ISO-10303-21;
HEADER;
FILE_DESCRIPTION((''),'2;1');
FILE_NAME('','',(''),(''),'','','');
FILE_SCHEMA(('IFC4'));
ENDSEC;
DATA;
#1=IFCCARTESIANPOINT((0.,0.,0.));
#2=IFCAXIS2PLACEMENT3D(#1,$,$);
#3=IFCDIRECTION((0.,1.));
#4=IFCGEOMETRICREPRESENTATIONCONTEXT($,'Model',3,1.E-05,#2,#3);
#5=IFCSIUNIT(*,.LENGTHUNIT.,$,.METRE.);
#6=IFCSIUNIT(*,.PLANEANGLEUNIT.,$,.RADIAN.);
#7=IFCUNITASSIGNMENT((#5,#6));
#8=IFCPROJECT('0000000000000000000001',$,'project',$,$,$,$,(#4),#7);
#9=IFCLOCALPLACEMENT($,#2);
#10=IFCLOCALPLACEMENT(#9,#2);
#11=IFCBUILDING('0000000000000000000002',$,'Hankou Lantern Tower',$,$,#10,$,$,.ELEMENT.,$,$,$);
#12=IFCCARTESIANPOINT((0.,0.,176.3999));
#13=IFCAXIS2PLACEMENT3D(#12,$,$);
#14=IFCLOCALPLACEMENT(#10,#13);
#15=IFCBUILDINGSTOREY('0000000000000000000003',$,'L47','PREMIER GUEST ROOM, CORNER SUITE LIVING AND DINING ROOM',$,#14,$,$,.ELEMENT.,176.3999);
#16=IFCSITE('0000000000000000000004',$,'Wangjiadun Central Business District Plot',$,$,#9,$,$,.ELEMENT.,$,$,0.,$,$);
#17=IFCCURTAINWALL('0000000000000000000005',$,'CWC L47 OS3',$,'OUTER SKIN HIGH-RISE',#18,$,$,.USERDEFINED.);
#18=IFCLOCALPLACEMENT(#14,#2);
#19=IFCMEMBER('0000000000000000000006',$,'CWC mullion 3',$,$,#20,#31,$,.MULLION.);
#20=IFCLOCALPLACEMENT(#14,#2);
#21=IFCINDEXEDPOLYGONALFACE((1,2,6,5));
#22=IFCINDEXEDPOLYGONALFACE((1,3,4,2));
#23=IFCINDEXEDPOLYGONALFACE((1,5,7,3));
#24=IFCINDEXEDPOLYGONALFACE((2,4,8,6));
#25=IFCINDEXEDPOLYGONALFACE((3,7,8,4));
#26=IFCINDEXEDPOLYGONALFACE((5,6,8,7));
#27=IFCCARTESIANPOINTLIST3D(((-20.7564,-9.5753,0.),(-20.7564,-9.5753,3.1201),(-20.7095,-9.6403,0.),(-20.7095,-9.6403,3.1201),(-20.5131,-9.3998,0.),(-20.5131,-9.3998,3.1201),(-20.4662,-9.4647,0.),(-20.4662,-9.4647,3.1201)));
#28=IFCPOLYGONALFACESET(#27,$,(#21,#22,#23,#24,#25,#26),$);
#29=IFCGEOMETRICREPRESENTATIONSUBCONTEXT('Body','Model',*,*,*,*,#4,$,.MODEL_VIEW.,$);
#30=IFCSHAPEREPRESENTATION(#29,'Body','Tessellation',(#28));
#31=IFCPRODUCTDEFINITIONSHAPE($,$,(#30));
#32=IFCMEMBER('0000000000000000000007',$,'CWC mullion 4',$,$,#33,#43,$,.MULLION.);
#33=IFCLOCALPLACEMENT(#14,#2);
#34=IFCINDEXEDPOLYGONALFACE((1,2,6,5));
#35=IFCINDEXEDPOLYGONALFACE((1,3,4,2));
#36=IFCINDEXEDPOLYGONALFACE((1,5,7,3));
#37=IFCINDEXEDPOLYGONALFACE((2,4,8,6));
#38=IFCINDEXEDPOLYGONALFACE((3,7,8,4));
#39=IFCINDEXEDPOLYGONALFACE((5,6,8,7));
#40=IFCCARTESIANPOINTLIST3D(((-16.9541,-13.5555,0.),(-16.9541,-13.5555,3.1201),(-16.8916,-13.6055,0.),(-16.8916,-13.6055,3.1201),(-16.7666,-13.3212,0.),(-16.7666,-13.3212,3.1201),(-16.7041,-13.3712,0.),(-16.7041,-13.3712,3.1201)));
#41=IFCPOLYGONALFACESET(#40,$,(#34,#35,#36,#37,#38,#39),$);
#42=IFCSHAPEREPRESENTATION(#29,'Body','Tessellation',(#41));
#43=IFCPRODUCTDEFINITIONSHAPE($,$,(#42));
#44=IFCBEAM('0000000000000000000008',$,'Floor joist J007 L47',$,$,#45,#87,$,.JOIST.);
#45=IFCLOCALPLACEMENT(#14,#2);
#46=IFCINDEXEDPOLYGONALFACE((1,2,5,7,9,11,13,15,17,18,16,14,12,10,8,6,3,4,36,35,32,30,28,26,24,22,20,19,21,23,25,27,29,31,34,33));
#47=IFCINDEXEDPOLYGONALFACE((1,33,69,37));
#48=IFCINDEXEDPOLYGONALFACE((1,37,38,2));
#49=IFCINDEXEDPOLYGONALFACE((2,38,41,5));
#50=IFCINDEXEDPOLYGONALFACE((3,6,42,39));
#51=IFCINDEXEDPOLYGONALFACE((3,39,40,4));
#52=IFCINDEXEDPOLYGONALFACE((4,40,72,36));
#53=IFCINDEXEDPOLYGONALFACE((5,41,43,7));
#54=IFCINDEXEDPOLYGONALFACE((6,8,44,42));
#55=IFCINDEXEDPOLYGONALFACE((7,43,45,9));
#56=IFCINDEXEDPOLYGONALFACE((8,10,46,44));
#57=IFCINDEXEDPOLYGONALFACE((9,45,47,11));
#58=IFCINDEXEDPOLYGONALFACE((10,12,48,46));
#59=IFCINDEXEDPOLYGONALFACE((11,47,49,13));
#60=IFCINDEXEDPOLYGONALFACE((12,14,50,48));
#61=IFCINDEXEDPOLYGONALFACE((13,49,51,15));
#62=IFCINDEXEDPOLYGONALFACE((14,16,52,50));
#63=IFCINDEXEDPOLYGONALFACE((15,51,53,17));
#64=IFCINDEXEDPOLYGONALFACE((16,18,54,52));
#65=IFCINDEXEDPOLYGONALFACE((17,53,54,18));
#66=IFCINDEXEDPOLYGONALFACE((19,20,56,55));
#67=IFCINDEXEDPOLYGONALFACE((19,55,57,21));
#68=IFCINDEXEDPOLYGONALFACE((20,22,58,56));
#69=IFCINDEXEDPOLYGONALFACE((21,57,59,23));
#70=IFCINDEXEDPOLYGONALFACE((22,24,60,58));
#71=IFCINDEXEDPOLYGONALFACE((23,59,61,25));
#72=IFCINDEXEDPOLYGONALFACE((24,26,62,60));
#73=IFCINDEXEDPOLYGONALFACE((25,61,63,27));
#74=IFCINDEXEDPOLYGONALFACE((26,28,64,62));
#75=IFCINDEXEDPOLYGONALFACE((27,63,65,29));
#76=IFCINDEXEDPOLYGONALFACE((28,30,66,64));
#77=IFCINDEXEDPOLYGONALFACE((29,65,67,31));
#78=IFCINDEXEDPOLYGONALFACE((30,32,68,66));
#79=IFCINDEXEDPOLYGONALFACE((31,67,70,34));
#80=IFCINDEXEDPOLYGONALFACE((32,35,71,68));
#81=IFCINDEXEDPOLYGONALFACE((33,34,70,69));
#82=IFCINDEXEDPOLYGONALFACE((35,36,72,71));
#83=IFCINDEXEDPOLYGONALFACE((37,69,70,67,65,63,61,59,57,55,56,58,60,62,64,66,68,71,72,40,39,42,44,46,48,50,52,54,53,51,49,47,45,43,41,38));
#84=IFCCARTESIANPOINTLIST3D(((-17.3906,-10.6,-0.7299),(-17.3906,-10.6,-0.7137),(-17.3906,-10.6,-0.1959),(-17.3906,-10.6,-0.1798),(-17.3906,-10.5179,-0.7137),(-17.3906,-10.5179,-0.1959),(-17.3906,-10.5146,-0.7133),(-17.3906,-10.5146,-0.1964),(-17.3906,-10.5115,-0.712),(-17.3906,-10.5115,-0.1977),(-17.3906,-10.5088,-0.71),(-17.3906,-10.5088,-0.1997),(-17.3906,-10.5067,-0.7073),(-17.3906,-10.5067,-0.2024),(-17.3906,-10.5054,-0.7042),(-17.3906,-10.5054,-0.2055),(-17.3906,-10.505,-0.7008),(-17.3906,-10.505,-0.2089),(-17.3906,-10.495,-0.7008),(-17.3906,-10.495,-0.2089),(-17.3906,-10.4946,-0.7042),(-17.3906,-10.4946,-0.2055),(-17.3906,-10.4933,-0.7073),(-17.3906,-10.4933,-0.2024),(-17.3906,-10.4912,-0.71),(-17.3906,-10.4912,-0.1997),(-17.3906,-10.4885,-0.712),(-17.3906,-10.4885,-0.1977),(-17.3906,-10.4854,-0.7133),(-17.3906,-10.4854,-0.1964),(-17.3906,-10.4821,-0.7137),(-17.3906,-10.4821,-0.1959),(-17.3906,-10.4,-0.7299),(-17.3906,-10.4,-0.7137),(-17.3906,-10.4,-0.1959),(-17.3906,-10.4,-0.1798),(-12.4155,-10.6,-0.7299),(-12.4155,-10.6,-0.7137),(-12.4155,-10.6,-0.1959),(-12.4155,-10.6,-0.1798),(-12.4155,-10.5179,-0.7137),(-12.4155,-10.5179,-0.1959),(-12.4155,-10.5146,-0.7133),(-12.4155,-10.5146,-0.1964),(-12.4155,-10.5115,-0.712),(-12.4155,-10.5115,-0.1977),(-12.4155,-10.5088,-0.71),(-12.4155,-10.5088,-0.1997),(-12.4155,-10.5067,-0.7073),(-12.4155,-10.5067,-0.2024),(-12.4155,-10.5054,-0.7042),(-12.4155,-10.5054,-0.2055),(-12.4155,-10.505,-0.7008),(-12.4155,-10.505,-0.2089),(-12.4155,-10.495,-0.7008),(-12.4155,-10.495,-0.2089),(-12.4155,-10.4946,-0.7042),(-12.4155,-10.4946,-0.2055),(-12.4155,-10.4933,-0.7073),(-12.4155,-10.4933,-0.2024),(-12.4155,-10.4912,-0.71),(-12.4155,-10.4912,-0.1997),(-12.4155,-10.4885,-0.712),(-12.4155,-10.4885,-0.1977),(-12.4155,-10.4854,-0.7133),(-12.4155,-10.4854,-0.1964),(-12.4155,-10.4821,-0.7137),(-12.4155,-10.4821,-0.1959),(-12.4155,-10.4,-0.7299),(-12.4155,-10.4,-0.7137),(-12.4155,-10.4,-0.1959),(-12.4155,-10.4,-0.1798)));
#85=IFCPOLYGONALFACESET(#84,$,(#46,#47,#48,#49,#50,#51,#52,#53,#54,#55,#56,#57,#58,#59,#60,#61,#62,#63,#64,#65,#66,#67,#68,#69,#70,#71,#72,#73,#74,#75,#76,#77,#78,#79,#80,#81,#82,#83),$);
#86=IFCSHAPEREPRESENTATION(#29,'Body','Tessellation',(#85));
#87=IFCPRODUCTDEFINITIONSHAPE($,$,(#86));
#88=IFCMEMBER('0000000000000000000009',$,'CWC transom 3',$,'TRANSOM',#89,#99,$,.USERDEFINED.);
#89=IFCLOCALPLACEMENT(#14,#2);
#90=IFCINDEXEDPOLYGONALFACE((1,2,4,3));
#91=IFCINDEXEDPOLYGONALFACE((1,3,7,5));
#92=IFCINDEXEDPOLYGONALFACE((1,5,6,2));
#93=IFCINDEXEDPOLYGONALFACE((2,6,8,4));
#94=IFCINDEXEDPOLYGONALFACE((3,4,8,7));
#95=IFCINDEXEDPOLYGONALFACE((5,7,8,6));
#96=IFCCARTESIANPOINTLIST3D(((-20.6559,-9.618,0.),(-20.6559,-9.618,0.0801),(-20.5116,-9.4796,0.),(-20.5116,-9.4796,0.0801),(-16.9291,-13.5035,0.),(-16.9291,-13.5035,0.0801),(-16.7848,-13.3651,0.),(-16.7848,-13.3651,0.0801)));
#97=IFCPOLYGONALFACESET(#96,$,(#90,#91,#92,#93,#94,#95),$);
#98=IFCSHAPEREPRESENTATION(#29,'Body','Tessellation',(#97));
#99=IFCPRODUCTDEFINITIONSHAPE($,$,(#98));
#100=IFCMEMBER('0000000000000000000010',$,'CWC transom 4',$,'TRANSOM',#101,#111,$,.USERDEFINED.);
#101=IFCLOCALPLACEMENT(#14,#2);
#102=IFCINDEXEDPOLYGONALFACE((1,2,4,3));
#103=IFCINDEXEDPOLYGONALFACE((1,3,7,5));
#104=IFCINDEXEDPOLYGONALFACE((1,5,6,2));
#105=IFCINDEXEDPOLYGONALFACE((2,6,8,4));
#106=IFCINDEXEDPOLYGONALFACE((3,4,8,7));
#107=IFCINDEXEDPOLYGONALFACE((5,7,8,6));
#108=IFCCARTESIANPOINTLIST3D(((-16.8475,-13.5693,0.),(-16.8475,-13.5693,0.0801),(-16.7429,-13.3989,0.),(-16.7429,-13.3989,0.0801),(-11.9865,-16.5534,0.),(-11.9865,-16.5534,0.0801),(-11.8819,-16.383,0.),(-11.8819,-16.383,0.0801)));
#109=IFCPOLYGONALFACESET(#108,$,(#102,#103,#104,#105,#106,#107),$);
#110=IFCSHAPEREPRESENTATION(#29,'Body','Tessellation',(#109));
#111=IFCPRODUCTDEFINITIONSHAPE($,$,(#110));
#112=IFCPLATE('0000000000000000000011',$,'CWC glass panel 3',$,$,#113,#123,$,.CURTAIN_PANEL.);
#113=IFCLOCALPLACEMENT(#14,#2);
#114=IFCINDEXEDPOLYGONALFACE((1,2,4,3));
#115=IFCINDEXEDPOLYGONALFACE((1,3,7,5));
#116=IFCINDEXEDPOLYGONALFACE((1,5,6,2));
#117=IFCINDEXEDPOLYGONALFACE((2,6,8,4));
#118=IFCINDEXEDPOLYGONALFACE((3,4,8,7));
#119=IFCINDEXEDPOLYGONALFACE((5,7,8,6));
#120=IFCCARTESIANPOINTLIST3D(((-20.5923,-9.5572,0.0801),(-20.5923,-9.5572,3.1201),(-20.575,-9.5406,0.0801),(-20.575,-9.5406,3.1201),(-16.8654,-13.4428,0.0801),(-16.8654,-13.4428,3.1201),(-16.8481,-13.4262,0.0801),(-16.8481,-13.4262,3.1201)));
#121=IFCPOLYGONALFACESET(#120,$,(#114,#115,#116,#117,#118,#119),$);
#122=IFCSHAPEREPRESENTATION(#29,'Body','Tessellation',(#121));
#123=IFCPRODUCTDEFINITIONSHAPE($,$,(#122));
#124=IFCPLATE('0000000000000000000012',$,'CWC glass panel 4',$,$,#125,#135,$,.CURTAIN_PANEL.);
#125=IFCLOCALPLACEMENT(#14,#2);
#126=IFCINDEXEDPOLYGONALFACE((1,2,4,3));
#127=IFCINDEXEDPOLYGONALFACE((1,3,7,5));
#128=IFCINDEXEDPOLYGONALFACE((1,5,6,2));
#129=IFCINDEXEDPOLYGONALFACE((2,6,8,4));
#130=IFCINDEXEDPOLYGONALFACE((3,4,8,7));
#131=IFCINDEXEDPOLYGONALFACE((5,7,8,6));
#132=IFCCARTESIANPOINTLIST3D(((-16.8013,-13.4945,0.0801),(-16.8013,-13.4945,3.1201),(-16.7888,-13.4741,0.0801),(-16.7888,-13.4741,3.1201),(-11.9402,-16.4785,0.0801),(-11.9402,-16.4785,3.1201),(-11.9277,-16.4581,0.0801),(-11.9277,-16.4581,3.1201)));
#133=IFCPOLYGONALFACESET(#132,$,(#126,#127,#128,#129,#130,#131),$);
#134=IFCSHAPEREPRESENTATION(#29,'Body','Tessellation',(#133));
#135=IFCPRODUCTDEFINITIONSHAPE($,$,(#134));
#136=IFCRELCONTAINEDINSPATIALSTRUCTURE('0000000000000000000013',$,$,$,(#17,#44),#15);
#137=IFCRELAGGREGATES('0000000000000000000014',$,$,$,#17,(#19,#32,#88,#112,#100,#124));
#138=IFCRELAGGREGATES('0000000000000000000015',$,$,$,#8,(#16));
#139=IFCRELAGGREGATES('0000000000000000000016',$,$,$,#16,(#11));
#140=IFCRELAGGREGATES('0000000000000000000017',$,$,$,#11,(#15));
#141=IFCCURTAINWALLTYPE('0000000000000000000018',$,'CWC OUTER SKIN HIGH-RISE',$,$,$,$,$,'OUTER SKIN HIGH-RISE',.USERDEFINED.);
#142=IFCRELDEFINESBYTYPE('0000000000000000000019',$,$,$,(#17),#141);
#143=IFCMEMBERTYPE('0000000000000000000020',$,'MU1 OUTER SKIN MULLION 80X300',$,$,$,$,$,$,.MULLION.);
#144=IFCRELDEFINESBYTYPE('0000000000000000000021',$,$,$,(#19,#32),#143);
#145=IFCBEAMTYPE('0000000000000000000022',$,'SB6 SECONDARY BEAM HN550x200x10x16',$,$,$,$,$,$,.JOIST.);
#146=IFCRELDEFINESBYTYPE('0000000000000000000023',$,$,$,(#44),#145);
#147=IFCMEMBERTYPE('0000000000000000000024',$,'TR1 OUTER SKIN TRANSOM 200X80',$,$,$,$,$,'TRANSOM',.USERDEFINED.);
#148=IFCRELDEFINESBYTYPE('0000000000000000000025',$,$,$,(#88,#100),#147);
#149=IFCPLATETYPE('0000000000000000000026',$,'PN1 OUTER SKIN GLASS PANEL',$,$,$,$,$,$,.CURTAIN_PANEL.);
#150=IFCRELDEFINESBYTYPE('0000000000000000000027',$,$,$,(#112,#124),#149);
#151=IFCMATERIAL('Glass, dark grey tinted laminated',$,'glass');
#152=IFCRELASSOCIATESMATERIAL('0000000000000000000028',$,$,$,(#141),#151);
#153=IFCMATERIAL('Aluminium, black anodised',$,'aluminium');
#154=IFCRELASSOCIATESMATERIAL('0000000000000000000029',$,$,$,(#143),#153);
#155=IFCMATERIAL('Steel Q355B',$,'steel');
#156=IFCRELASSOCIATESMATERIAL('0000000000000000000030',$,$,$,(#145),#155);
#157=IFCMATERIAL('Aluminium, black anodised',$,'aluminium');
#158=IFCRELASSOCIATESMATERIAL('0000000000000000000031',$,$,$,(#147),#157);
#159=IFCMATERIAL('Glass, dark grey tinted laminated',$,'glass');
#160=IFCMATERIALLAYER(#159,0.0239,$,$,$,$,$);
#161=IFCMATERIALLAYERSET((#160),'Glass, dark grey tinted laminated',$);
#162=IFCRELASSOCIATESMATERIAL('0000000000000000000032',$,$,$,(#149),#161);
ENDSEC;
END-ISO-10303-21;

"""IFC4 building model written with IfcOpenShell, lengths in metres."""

from ifc_helpers import new_model, si_unit, direction, frame, origin, origin_2d, place, context, subcontext, project, spatial, rectangle, i_section, extrude, material, layer, layer_set, material_profile, profile_set, type_object, element, aggregate, save


model = new_model("IFC4")

# Units and contexts
model_context = context("Model", 3, precision=1e-05, world=origin(), true_north=direction((0.0, 1.0)))
body_context = subcontext(model_context, "Body", "Model", "MODEL_VIEW")
ifc_project = project(units=[si_unit("LENGTHUNIT", "METRE"), si_unit("PLANEANGLEUNIT", "RADIAN")], contexts=[model_context])

# Site, building, storey
site_placement = place(None, origin())
site = spatial("IfcSite", under=ifc_project, at=site_placement, Name="Wangjiadun Central Business District Plot", CompositionType="ELEMENT", RefElevation=0.0)
building_placement = place(site_placement, origin())
building = spatial("IfcBuilding", under=site, at=building_placement, Name="Hankou Lantern Tower", CompositionType="ELEMENT")
storey_placement = place(building_placement, frame((0.0, 0.0, 176.3999)))
storey = spatial("IfcBuildingStorey", under=building, at=storey_placement, Name="L47", Description="PREMIER GUEST ROOM, CORNER SUITE LIVING AND DINING ROOM", CompositionType="ELEMENT", Elevation=176.3999)

# Curtain wall, members
ifc_material_1 = material(Name="Glass, dark grey tinted laminated", Category="glass")
curtain_wall_type = type_object("IfcCurtainWallType", Name="CWC OUTER SKIN HIGH-RISE", ElementType="OUTER SKIN HIGH-RISE", PredefinedType="USERDEFINED", material=ifc_material_1)
curtain_wall_placement = place(storey_placement, origin())
curtain_wall = element("IfcCurtainWall", 1, at=curtain_wall_placement, inside=storey, type_object=curtain_wall_type, Name="CWC L47 OS3", ObjectType="OUTER SKIN HIGH-RISE", PredefinedType="USERDEFINED")
ifc_material_2 = material(Name="Aluminium, black anodised", Category="aluminium")
ifc_material_profile_1 = material_profile(ifc_material_2, rectangle(XDim=0.0801, YDim=0.3, at=origin_2d()), Name="MU1 80X300")
ifc_profile_set_1 = profile_set([ifc_material_profile_1], Name="Aluminium, black anodised")
member_type_1 = type_object("IfcMemberType", Name="MU1 OUTER SKIN MULLION 80X300", PredefinedType="MULLION", material=ifc_profile_set_1)
member_1_placement = place(storey_placement, frame((-20.6113, -9.52, 0.0), z_axis=(0.0, 0.0, 1.0), x_axis=(0.585206, -0.810885, 0.0)))
member_1 = element("IfcMember", 2, at=member_1_placement, type_object=member_type_1, Name="CWC mullion 3", PredefinedType="MULLION", context=body_context, shape_type="SweptSolid", body=[
    extrude(rectangle(XDim=0.0801, YDim=0.3, at=origin_2d()), origin(), (0.0, 0.0, 1.0), 3.1201),
])
member_2_placement = place(storey_placement, frame((-16.8291, -13.4634, 0.0), z_axis=(0.0, 0.0, 1.0), x_axis=(0.780869, -0.624695, 0.0)))
member_2 = element("IfcMember", 3, at=member_2_placement, type_object=member_type_1, Name="CWC mullion 4", PredefinedType="MULLION", context=body_context, shape_type="SweptSolid", body=[
    extrude(rectangle(XDim=0.0801, YDim=0.3, at=origin_2d()), origin(), (0.0, 0.0, 1.0), 3.1201),
])

# Beam
ifc_material_3 = material(Name="Steel Q355B", Category="steel")
ifc_material_profile_2 = material_profile(ifc_material_3, i_section(OverallWidth=0.2, OverallDepth=0.55, WebThickness=0.01, FlangeThickness=0.0161, FilletRadius=0.0129, at=origin_2d()), Name="HN550x200x10x16")
ifc_profile_set_2 = profile_set([ifc_material_profile_2], Name="Steel Q355B")
beam_type_1 = type_object("IfcBeamType", Name="SB6 SECONDARY BEAM HN550x200x10x16", PredefinedType="JOIST", material=ifc_profile_set_2)
beam_1_placement = place(storey_placement, frame((-17.3906, -10.5, -0.4548), z_axis=(1.0, 0.0, 0.0), x_axis=(0.0, 1.0, 0.0)))
element("IfcBeam", 4, at=beam_1_placement, inside=storey, type_object=beam_type_1, Name="Floor joist J007 L47", PredefinedType="JOIST", context=body_context, shape_type="SweptSolid", body=[
    extrude(i_section(OverallWidth=0.2, OverallDepth=0.55, WebThickness=0.01, FlangeThickness=0.0161, FilletRadius=0.0129, at=origin_2d()), origin(), (0.0, 0.0, 1.0), 4.9751),
])

# Members
ifc_material_4 = material(Name="Aluminium, black anodised", Category="aluminium")
ifc_material_profile_3 = material_profile(ifc_material_4, rectangle(XDim=0.2, YDim=0.0801, at=origin_2d()), Name="TR1 200X80")
ifc_profile_set_3 = profile_set([ifc_material_profile_3], Name="Aluminium, black anodised")
member_type_2 = type_object("IfcMemberType", Name="TR1 OUTER SKIN TRANSOM 200X80", ElementType="TRANSOM", PredefinedType="USERDEFINED", material=ifc_profile_set_3)
member_3_placement = place(storey_placement, frame((-20.5837, -9.5488, 0.04), z_axis=(0.692216, -0.721691, 0.0), x_axis=(0.721691, 0.692216, 0.0)))
member_3 = element("IfcMember", 5, at=member_3_placement, type_object=member_type_2, Name="CWC transom 3", ObjectType="TRANSOM", PredefinedType="USERDEFINED", context=body_context, shape_type="SweptSolid", body=[
    extrude(rectangle(XDim=0.2, YDim=0.0801, at=origin_2d()), origin(), (0.0, 0.0, 1.0), 5.3838),
])
member_4_placement = place(storey_placement, frame((-16.7952, -13.4841, 0.04), z_axis=(0.852229, -0.523168, 0.0), x_axis=(0.523168, 0.852229, 0.0)))
member_4 = element("IfcMember", 6, at=member_4_placement, type_object=member_type_2, Name="CWC transom 4", ObjectType="TRANSOM", PredefinedType="USERDEFINED", context=body_context, shape_type="SweptSolid", body=[
    extrude(rectangle(XDim=0.2, YDim=0.0801, at=origin_2d()), origin(), (0.0, 0.0, 1.0), 5.7039),
])

# Plates
ifc_material_5 = material(Name="Glass, dark grey tinted laminated", Category="glass")
ifc_layer_1 = layer(ifc_material_5, 0.0239)
ifc_layer_set_1 = layer_set([ifc_layer_1], Name="Glass, dark grey tinted laminated")
plate_type = type_object("IfcPlateType", Name="PN1 OUTER SKIN GLASS PANEL", PredefinedType="CURTAIN_PANEL", material=ifc_layer_set_1)
plate_1_placement = place(storey_placement, frame((-18.7202, -11.4917, 0.0801), z_axis=(0.0, 0.0, 1.0), x_axis=(0.692216, -0.721691, 0.0)))
plate_1 = element("IfcPlate", 7, at=plate_1_placement, type_object=plate_type, Name="CWC glass panel 3", PredefinedType="CURTAIN_PANEL", context=body_context, shape_type="SweptSolid", body=[
    extrude(rectangle(XDim=5.384, YDim=0.0239, at=origin_2d()), origin(), (0.0, 0.0, 1.0), 3.04),
])
plate_2_placement = place(storey_placement, frame((-14.3645, -14.9763, 0.0801), z_axis=(0.0, 0.0, 1.0), x_axis=(0.852237, -0.523156, 0.0)))
plate_2 = element("IfcPlate", 8, at=plate_2_placement, type_object=plate_type, Name="CWC glass panel 4", PredefinedType="CURTAIN_PANEL", context=body_context, shape_type="SweptSolid", body=[
    extrude(rectangle(XDim=5.7039, YDim=0.0239, at=origin_2d()), origin(), (0.0, 0.0, 1.0), 3.04),
])
aggregate(curtain_wall, [member_1, member_2, member_3, plate_1, member_4, plate_2])

save(model, "model.ifc")
